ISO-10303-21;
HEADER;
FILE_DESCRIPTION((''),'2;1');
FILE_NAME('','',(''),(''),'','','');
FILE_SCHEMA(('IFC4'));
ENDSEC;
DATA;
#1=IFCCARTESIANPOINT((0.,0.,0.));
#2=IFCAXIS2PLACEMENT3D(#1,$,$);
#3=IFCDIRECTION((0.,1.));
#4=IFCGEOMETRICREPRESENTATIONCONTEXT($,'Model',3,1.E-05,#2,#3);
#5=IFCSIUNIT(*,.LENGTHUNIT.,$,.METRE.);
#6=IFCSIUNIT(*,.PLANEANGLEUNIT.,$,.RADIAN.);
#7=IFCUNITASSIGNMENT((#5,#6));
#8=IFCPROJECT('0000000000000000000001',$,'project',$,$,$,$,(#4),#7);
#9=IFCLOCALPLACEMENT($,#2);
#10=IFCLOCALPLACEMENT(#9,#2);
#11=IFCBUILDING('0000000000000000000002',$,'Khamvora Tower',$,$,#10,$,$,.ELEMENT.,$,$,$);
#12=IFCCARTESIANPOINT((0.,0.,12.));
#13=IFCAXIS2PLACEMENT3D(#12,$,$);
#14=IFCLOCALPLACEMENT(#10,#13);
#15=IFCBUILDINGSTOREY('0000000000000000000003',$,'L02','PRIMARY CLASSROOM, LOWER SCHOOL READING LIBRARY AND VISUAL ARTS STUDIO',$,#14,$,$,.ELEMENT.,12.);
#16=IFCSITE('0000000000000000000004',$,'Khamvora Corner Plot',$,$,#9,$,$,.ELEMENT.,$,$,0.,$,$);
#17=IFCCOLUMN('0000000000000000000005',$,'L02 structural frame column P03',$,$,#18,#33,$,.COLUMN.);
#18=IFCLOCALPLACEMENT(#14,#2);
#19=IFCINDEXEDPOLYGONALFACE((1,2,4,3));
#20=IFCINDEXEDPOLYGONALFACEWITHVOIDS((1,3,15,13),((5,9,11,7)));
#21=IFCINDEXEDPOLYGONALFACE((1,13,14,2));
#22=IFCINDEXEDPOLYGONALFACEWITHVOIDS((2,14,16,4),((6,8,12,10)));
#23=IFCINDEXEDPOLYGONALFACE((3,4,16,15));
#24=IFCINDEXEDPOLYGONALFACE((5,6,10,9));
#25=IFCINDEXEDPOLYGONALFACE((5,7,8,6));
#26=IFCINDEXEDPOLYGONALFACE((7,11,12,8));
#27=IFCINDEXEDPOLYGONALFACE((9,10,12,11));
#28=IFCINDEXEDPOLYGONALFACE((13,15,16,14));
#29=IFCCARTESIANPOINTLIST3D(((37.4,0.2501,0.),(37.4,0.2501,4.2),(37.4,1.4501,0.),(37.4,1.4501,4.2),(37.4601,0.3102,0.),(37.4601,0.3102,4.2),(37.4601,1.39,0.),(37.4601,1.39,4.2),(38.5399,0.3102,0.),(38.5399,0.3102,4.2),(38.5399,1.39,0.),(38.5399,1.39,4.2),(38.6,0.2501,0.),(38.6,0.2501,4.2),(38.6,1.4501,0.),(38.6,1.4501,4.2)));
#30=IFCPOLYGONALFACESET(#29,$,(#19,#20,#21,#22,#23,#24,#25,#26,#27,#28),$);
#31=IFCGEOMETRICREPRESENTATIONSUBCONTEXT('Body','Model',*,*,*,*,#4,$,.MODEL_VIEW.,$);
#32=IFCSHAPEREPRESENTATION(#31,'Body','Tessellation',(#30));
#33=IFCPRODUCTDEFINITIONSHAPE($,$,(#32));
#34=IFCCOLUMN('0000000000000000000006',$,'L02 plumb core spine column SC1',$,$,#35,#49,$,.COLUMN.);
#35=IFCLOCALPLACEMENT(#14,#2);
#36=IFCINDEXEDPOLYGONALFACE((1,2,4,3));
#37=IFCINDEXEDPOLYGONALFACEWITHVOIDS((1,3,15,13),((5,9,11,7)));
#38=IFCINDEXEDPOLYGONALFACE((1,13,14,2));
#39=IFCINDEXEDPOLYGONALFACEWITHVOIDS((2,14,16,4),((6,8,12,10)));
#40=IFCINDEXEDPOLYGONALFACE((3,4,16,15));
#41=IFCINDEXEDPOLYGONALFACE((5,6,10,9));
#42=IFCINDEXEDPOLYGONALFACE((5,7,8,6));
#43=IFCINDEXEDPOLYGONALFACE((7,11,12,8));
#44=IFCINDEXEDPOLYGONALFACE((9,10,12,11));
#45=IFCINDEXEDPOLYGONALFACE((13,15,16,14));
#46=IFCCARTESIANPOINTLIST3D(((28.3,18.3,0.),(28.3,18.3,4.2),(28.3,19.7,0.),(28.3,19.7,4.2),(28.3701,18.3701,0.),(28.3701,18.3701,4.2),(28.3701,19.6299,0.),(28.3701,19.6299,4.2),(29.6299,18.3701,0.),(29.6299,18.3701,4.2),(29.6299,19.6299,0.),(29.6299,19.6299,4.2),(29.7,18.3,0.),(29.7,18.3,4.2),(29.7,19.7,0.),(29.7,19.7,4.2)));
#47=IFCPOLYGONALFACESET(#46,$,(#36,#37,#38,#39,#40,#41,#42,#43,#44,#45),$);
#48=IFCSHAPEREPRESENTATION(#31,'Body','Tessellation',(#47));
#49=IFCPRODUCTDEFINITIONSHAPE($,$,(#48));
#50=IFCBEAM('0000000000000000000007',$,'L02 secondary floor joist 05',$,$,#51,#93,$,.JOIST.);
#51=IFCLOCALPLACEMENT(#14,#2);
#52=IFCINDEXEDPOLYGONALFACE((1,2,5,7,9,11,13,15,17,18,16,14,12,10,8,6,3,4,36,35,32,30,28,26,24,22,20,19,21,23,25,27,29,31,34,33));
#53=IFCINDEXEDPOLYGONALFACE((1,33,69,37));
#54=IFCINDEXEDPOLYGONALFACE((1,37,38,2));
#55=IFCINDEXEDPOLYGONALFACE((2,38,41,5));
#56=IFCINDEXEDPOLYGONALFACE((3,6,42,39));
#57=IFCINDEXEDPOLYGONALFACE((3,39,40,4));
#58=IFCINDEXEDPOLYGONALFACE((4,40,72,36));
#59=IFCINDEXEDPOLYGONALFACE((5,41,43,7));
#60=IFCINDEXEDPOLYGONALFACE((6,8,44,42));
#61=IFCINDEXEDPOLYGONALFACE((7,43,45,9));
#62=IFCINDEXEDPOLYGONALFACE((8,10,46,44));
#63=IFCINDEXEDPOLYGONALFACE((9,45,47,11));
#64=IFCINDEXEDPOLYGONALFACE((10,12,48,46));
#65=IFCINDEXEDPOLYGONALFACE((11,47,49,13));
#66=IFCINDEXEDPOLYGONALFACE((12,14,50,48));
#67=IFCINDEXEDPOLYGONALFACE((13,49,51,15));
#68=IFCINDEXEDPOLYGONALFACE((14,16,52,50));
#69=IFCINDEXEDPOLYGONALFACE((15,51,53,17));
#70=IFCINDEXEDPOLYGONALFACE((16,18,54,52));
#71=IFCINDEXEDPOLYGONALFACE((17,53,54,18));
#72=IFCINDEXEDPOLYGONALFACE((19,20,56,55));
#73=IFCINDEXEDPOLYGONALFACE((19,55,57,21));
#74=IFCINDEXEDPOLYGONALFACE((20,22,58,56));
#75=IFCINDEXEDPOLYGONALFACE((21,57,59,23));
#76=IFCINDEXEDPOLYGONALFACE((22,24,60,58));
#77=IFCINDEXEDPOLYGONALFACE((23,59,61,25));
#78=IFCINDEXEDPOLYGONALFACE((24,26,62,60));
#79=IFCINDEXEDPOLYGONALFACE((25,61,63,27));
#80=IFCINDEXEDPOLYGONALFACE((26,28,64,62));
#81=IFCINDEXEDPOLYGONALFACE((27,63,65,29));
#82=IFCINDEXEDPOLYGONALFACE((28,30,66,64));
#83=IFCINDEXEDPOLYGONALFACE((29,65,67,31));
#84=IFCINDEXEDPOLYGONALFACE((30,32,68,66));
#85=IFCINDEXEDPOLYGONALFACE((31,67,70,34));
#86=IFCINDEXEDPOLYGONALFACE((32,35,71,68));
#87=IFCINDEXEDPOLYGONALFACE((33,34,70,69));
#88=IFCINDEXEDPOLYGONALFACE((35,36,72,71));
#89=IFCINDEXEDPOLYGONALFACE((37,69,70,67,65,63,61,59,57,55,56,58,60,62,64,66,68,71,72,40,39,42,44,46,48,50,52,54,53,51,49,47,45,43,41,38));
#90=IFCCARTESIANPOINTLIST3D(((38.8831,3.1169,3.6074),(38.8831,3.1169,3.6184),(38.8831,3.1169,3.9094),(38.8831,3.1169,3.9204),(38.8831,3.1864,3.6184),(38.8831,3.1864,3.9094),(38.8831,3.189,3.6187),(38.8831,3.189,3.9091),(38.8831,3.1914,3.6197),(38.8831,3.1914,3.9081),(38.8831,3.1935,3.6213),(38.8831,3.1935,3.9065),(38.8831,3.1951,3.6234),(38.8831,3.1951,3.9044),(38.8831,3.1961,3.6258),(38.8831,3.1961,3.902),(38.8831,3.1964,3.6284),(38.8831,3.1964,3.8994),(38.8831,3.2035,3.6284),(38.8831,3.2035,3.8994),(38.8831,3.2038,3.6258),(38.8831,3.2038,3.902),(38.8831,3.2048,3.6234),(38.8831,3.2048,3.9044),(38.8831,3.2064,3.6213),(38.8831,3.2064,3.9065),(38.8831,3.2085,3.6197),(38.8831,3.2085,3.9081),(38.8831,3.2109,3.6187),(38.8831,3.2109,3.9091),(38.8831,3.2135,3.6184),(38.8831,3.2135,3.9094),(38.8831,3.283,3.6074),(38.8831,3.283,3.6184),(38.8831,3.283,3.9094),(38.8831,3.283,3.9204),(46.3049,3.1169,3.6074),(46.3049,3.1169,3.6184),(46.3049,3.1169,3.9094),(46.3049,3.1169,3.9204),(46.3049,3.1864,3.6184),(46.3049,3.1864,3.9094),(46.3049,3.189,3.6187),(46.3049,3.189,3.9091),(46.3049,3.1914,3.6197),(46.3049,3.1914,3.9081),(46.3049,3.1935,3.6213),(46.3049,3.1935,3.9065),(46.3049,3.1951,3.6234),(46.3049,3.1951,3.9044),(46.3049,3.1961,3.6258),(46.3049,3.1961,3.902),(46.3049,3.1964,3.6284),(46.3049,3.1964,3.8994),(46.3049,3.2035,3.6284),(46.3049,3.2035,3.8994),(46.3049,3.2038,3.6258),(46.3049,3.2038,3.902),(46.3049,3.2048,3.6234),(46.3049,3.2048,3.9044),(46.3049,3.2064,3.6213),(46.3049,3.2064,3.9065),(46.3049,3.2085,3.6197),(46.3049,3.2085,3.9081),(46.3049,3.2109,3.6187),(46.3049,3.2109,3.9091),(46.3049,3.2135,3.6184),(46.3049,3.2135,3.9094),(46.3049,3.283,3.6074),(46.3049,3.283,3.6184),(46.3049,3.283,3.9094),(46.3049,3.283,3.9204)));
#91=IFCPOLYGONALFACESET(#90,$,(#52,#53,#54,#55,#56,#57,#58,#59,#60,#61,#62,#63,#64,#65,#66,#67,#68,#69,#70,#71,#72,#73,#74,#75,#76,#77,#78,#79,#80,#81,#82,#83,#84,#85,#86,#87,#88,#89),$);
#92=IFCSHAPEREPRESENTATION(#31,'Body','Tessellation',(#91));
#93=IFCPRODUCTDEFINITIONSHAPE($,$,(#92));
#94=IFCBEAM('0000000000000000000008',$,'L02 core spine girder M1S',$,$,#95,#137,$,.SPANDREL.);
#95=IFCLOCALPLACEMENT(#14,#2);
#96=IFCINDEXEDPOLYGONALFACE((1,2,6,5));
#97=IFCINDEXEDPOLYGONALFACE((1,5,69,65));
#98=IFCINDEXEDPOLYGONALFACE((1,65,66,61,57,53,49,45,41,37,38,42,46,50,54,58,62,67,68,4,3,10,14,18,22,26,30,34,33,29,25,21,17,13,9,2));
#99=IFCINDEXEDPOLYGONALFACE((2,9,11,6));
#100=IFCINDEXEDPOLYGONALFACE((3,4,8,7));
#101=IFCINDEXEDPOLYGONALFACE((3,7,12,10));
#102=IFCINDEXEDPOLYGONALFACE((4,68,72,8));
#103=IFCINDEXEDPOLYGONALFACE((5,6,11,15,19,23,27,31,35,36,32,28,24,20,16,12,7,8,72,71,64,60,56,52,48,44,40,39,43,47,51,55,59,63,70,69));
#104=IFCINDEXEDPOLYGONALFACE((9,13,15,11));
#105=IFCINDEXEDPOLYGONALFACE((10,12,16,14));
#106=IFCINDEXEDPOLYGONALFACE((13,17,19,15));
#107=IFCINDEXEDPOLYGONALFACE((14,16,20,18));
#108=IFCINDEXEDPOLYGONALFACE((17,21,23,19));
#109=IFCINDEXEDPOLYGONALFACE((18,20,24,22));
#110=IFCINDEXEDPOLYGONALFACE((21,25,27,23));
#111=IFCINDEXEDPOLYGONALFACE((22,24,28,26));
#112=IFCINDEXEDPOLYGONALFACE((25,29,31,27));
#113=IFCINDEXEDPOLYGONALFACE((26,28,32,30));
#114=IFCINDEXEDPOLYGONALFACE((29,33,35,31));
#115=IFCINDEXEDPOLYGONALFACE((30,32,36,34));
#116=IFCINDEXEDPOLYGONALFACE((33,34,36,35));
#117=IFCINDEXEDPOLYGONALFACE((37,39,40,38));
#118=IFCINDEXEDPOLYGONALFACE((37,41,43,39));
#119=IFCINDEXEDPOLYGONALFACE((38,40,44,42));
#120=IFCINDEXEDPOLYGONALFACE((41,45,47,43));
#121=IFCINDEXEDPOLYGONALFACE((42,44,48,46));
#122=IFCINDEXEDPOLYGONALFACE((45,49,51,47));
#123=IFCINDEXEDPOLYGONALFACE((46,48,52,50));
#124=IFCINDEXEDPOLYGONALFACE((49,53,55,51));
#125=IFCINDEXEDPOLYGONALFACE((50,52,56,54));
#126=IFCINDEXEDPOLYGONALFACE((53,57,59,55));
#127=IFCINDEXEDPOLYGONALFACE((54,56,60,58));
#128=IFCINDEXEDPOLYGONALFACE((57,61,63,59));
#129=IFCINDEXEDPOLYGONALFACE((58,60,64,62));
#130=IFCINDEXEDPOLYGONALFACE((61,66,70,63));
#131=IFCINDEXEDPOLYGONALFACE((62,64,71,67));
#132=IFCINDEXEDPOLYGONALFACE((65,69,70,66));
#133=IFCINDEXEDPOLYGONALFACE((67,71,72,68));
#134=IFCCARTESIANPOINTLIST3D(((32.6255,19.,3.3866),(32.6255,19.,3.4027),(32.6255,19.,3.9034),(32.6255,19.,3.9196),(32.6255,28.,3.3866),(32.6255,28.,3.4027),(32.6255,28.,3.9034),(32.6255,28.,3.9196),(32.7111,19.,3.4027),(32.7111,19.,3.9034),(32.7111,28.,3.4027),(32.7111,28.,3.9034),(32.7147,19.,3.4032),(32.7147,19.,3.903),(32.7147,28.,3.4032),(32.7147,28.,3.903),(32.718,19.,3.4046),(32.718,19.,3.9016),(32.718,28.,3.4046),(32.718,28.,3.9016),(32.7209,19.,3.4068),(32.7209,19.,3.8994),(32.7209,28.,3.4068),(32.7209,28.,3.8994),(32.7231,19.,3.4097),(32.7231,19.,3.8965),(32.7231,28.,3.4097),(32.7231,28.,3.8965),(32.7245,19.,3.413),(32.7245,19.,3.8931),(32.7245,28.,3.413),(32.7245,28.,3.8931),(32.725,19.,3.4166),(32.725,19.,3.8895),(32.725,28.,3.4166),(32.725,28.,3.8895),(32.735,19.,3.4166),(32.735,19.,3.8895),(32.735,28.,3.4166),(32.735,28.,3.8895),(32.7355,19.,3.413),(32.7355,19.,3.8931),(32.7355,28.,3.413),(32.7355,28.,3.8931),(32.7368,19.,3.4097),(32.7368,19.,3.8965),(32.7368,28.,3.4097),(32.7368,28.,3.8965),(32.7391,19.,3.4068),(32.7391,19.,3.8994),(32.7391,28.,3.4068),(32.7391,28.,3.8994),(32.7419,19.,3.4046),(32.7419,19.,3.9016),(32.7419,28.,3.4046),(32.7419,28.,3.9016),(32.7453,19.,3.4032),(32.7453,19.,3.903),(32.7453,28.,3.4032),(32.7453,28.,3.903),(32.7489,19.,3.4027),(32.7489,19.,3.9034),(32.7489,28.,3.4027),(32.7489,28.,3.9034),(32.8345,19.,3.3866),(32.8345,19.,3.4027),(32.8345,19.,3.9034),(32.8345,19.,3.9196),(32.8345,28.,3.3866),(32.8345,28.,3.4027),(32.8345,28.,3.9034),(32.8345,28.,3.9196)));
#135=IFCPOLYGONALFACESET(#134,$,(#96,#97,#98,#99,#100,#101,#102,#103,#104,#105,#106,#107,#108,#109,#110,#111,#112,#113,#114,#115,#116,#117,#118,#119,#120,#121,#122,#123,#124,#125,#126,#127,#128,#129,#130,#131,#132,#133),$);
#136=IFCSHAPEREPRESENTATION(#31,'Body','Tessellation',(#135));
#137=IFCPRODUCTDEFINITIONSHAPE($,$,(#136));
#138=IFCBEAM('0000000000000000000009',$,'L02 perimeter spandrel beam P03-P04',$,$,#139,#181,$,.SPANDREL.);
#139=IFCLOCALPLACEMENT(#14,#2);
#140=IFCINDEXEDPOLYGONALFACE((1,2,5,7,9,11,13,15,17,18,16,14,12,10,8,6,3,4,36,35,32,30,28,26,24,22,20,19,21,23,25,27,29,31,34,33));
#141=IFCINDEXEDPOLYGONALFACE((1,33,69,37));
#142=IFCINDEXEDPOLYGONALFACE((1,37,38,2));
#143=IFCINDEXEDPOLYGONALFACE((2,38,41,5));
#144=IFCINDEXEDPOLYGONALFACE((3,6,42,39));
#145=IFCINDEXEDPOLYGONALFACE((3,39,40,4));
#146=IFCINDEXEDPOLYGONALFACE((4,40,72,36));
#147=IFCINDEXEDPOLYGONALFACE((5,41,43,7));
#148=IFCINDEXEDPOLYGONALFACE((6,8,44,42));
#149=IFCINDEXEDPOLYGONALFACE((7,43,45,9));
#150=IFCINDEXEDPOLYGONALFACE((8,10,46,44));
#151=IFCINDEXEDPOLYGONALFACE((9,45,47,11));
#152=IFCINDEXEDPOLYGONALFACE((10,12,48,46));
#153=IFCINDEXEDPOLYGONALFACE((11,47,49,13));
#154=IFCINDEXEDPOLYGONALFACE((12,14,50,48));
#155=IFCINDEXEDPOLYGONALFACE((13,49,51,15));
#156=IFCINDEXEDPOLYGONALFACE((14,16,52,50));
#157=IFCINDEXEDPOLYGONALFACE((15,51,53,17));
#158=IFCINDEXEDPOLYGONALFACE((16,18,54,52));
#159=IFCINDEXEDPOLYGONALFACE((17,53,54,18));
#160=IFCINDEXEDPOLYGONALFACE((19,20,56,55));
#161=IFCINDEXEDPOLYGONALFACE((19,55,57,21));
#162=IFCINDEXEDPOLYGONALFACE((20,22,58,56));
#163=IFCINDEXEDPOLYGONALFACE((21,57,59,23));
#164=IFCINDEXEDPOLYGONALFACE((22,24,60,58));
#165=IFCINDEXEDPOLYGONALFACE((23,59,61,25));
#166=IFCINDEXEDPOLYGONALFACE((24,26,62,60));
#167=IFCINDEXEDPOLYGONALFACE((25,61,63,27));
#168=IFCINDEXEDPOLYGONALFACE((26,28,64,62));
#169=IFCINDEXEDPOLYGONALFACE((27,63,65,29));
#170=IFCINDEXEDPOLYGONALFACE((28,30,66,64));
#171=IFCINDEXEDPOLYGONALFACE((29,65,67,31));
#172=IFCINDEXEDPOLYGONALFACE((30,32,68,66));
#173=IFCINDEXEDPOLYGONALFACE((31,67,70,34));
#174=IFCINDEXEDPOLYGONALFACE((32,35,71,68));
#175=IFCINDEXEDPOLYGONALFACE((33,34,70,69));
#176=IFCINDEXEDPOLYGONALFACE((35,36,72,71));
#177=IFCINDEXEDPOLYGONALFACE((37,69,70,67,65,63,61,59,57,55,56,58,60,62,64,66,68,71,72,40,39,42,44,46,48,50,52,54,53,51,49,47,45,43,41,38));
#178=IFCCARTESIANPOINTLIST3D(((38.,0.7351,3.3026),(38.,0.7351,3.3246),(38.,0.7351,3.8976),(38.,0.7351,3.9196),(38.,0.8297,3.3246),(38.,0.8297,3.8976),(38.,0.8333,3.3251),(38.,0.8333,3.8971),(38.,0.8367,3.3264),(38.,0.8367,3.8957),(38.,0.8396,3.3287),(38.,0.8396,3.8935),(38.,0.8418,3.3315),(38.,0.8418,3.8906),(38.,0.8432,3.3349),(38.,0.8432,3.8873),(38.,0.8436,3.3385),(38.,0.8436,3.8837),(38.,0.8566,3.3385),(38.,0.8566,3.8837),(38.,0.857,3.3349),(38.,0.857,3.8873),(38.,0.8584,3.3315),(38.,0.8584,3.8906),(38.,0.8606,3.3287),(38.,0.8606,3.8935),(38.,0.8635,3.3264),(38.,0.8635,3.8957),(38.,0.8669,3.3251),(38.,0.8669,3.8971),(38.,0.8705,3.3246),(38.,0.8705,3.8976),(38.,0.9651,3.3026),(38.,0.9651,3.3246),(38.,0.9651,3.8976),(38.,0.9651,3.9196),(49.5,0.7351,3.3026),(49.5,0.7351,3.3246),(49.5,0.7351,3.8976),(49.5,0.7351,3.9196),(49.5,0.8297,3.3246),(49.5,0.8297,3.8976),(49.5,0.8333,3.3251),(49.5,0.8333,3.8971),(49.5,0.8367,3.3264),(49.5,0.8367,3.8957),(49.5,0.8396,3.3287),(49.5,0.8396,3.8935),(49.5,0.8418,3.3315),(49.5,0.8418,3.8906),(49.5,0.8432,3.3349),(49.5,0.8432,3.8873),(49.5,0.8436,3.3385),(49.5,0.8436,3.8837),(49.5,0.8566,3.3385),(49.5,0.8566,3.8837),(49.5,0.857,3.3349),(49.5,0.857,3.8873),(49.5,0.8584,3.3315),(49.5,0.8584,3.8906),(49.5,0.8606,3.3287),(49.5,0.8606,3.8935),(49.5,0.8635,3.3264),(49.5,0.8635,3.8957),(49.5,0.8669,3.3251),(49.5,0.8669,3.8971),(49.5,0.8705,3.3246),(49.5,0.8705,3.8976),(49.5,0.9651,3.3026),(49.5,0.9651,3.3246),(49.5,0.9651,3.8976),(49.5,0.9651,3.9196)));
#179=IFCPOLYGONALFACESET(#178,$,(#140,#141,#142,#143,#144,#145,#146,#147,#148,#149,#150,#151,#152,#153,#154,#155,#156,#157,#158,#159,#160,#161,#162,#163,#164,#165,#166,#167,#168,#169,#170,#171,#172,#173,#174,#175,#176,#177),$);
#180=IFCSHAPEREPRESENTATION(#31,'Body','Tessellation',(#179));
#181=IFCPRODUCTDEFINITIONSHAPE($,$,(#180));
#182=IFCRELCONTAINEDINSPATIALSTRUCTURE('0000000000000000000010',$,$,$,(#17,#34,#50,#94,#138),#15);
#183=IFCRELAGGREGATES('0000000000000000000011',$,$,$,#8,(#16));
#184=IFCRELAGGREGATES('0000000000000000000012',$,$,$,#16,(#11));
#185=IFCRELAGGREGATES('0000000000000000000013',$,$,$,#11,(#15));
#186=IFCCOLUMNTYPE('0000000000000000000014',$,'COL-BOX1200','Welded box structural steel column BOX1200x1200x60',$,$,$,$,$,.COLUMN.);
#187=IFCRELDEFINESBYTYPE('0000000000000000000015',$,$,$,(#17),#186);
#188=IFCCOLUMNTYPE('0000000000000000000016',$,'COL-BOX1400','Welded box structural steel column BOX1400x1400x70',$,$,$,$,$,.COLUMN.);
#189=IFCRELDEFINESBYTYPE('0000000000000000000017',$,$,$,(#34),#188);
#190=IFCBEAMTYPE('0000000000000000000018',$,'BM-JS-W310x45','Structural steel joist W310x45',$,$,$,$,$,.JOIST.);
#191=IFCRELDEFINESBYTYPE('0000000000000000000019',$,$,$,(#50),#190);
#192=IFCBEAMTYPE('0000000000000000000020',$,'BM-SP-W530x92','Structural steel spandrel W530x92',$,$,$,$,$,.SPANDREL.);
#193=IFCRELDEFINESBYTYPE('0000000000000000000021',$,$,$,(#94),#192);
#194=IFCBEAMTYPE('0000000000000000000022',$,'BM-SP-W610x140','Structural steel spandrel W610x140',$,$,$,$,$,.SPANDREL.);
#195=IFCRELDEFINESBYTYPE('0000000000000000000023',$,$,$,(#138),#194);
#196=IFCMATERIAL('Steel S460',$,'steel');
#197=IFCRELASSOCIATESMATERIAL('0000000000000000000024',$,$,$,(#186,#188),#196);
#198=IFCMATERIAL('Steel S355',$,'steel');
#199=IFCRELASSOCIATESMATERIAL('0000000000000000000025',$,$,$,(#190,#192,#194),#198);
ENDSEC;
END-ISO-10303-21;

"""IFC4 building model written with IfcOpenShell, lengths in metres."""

from ifc_helpers import new_model, si_unit, direction, frame, origin, origin_2d, place, context, subcontext, project, spatial, hollow_rectangle, i_section, extrude, material, material_profile, profile_set, type_object, element, save


model = new_model("IFC4")

# Units and contexts
model_context = context("Model", 3, precision=1e-05, world=origin(), true_north=direction((0.0, 1.0)))
body_context = subcontext(model_context, "Body", "Model", "MODEL_VIEW")
ifc_project = project(units=[si_unit("LENGTHUNIT", "METRE"), si_unit("PLANEANGLEUNIT", "RADIAN")], contexts=[model_context])

# Site, building, storey
site_placement = place(None, origin())
site = spatial("IfcSite", under=ifc_project, at=site_placement, Name="Khamvora Corner Plot", CompositionType="ELEMENT", RefElevation=0.0)
building_placement = place(site_placement, origin())
building = spatial("IfcBuilding", under=site, at=building_placement, Name="Khamvora Tower", CompositionType="ELEMENT")
storey_placement = place(building_placement, frame((0.0, 0.0, 12.0)))
storey = spatial("IfcBuildingStorey", under=building, at=storey_placement, Name="L02", Description="PRIMARY CLASSROOM, LOWER SCHOOL READING LIBRARY AND VISUAL ARTS STUDIO", CompositionType="ELEMENT", Elevation=12.0)

# Columns
ifc_material_1 = material(Name="Steel S460", Category="steel")
ifc_material_profile_1 = material_profile(ifc_material_1, hollow_rectangle(XDim=1.2, YDim=1.2, WallThickness=0.0601, at=origin_2d()), Name="BOX1200x1200x60")
ifc_profile_set_1 = profile_set([ifc_material_profile_1], Name="Steel S460")
column_type_1 = type_object("IfcColumnType", Name="COL-BOX1200", Description="Welded box structural steel column BOX1200x1200x60", PredefinedType="COLUMN", material=ifc_profile_set_1)
column_1_placement = place(storey_placement, frame((38.0, 0.8501, 0.0), z_axis=(0.0, 0.0, 1.0), x_axis=(1.0, 0.0, 0.0)))
element("IfcColumn", 1, at=column_1_placement, inside=storey, type_object=column_type_1, Name="L02 structural frame column P03", PredefinedType="COLUMN", context=body_context, shape_type="SweptSolid", body=[
    extrude(hollow_rectangle(XDim=1.2, YDim=1.2, WallThickness=0.0601, at=origin_2d()), origin(), (0.0, 0.0, 1.0), 4.2),
])
ifc_material_profile_2 = material_profile(ifc_material_1, hollow_rectangle(XDim=1.3999, YDim=1.3999, WallThickness=0.0701, at=origin_2d()), Name="BOX1400x1400x70")
ifc_profile_set_2 = profile_set([ifc_material_profile_2], Name="Steel S460")
column_type_2 = type_object("IfcColumnType", Name="COL-BOX1400", Description="Welded box structural steel column BOX1400x1400x70", PredefinedType="COLUMN", material=ifc_profile_set_2)
column_2_placement = place(storey_placement, frame((29.0, 19.0, 0.0), z_axis=(0.0, 0.0, 1.0), x_axis=(1.0, 0.0, 0.0)))
element("IfcColumn", 2, at=column_2_placement, inside=storey, type_object=column_type_2, Name="L02 plumb core spine column SC1", PredefinedType="COLUMN", context=body_context, shape_type="SweptSolid", body=[
    extrude(hollow_rectangle(XDim=1.3999, YDim=1.3999, WallThickness=0.0701, at=origin_2d()), origin(), (0.0, 0.0, 1.0), 4.2),
])

# Beams
ifc_material_2 = material(Name="Steel S355", Category="steel")
ifc_material_profile_3 = material_profile(ifc_material_2, i_section(OverallWidth=0.166, OverallDepth=0.313, WebThickness=0.0071, FlangeThickness=0.011, FilletRadius=0.01, at=origin_2d()), Name="W310x45")
ifc_profile_set_3 = profile_set([ifc_material_profile_3], Name="Steel S355")
beam_type_1 = type_object("IfcBeamType", Name="BM-JS-W310x45", Description="Structural steel joist W310x45", PredefinedType="JOIST", material=ifc_profile_set_3)
beam_1_placement = place(storey_placement, frame((38.8831, 3.2, 3.7639), z_axis=(1.0, 0.0, 0.0), x_axis=(0.0, 1.0, 0.0)))
element("IfcBeam", 3, at=beam_1_placement, inside=storey, type_object=beam_type_1, Name="L02 secondary floor joist 05", PredefinedType="JOIST", context=body_context, shape_type="SweptSolid", body=[
    extrude(i_section(OverallWidth=0.166, OverallDepth=0.313, WebThickness=0.0071, FlangeThickness=0.011, FilletRadius=0.01, at=origin_2d()), origin(), (0.0, 0.0, 1.0), 7.4219),
])
ifc_material_profile_4 = material_profile(ifc_material_2, i_section(OverallWidth=0.209, OverallDepth=0.533, WebThickness=0.01, FlangeThickness=0.0161, FilletRadius=0.0139, at=origin_2d()), Name="W530x92")
ifc_profile_set_4 = profile_set([ifc_material_profile_4], Name="Steel S355")
beam_type_2 = type_object("IfcBeamType", Name="BM-SP-W530x92", Description="Structural steel spandrel W530x92", PredefinedType="SPANDREL", material=ifc_profile_set_4)
beam_2_placement = place(storey_placement, frame((32.73, 19.0, 3.6531), z_axis=(0.0, 1.0, 0.0), x_axis=(-1.0, 0.0, 0.0)))
element("IfcBeam", 4, at=beam_2_placement, inside=storey, type_object=beam_type_2, Name="L02 core spine girder M1S", PredefinedType="SPANDREL", context=body_context, shape_type="SweptSolid", body=[
    extrude(i_section(OverallWidth=0.209, OverallDepth=0.533, WebThickness=0.01, FlangeThickness=0.0161, FilletRadius=0.0139, at=origin_2d()), origin(), (0.0, 0.0, 1.0), 9.0),
])
ifc_material_profile_5 = material_profile(ifc_material_2, i_section(OverallWidth=0.23, OverallDepth=0.6169, WebThickness=0.0129, FlangeThickness=0.022, FilletRadius=0.0139, at=origin_2d()), Name="W610x140")
ifc_profile_set_5 = profile_set([ifc_material_profile_5], Name="Steel S355")
beam_type_3 = type_object("IfcBeamType", Name="BM-SP-W610x140", Description="Structural steel spandrel W610x140", PredefinedType="SPANDREL", material=ifc_profile_set_5)
beam_3_placement = place(storey_placement, frame((38.0, 0.8501, 3.6111), z_axis=(1.0, 0.0, 0.0), x_axis=(0.0, 1.0, 0.0)))
element("IfcBeam", 5, at=beam_3_placement, inside=storey, type_object=beam_type_3, Name="L02 perimeter spandrel beam P03-P04", PredefinedType="SPANDREL", context=body_context, shape_type="SweptSolid", body=[
    extrude(i_section(OverallWidth=0.23, OverallDepth=0.6169, WebThickness=0.0129, FlangeThickness=0.022, FilletRadius=0.0139, at=origin_2d()), origin(), (0.0, 0.0, 1.0), 11.5),
])

save(model, "model.ifc")
